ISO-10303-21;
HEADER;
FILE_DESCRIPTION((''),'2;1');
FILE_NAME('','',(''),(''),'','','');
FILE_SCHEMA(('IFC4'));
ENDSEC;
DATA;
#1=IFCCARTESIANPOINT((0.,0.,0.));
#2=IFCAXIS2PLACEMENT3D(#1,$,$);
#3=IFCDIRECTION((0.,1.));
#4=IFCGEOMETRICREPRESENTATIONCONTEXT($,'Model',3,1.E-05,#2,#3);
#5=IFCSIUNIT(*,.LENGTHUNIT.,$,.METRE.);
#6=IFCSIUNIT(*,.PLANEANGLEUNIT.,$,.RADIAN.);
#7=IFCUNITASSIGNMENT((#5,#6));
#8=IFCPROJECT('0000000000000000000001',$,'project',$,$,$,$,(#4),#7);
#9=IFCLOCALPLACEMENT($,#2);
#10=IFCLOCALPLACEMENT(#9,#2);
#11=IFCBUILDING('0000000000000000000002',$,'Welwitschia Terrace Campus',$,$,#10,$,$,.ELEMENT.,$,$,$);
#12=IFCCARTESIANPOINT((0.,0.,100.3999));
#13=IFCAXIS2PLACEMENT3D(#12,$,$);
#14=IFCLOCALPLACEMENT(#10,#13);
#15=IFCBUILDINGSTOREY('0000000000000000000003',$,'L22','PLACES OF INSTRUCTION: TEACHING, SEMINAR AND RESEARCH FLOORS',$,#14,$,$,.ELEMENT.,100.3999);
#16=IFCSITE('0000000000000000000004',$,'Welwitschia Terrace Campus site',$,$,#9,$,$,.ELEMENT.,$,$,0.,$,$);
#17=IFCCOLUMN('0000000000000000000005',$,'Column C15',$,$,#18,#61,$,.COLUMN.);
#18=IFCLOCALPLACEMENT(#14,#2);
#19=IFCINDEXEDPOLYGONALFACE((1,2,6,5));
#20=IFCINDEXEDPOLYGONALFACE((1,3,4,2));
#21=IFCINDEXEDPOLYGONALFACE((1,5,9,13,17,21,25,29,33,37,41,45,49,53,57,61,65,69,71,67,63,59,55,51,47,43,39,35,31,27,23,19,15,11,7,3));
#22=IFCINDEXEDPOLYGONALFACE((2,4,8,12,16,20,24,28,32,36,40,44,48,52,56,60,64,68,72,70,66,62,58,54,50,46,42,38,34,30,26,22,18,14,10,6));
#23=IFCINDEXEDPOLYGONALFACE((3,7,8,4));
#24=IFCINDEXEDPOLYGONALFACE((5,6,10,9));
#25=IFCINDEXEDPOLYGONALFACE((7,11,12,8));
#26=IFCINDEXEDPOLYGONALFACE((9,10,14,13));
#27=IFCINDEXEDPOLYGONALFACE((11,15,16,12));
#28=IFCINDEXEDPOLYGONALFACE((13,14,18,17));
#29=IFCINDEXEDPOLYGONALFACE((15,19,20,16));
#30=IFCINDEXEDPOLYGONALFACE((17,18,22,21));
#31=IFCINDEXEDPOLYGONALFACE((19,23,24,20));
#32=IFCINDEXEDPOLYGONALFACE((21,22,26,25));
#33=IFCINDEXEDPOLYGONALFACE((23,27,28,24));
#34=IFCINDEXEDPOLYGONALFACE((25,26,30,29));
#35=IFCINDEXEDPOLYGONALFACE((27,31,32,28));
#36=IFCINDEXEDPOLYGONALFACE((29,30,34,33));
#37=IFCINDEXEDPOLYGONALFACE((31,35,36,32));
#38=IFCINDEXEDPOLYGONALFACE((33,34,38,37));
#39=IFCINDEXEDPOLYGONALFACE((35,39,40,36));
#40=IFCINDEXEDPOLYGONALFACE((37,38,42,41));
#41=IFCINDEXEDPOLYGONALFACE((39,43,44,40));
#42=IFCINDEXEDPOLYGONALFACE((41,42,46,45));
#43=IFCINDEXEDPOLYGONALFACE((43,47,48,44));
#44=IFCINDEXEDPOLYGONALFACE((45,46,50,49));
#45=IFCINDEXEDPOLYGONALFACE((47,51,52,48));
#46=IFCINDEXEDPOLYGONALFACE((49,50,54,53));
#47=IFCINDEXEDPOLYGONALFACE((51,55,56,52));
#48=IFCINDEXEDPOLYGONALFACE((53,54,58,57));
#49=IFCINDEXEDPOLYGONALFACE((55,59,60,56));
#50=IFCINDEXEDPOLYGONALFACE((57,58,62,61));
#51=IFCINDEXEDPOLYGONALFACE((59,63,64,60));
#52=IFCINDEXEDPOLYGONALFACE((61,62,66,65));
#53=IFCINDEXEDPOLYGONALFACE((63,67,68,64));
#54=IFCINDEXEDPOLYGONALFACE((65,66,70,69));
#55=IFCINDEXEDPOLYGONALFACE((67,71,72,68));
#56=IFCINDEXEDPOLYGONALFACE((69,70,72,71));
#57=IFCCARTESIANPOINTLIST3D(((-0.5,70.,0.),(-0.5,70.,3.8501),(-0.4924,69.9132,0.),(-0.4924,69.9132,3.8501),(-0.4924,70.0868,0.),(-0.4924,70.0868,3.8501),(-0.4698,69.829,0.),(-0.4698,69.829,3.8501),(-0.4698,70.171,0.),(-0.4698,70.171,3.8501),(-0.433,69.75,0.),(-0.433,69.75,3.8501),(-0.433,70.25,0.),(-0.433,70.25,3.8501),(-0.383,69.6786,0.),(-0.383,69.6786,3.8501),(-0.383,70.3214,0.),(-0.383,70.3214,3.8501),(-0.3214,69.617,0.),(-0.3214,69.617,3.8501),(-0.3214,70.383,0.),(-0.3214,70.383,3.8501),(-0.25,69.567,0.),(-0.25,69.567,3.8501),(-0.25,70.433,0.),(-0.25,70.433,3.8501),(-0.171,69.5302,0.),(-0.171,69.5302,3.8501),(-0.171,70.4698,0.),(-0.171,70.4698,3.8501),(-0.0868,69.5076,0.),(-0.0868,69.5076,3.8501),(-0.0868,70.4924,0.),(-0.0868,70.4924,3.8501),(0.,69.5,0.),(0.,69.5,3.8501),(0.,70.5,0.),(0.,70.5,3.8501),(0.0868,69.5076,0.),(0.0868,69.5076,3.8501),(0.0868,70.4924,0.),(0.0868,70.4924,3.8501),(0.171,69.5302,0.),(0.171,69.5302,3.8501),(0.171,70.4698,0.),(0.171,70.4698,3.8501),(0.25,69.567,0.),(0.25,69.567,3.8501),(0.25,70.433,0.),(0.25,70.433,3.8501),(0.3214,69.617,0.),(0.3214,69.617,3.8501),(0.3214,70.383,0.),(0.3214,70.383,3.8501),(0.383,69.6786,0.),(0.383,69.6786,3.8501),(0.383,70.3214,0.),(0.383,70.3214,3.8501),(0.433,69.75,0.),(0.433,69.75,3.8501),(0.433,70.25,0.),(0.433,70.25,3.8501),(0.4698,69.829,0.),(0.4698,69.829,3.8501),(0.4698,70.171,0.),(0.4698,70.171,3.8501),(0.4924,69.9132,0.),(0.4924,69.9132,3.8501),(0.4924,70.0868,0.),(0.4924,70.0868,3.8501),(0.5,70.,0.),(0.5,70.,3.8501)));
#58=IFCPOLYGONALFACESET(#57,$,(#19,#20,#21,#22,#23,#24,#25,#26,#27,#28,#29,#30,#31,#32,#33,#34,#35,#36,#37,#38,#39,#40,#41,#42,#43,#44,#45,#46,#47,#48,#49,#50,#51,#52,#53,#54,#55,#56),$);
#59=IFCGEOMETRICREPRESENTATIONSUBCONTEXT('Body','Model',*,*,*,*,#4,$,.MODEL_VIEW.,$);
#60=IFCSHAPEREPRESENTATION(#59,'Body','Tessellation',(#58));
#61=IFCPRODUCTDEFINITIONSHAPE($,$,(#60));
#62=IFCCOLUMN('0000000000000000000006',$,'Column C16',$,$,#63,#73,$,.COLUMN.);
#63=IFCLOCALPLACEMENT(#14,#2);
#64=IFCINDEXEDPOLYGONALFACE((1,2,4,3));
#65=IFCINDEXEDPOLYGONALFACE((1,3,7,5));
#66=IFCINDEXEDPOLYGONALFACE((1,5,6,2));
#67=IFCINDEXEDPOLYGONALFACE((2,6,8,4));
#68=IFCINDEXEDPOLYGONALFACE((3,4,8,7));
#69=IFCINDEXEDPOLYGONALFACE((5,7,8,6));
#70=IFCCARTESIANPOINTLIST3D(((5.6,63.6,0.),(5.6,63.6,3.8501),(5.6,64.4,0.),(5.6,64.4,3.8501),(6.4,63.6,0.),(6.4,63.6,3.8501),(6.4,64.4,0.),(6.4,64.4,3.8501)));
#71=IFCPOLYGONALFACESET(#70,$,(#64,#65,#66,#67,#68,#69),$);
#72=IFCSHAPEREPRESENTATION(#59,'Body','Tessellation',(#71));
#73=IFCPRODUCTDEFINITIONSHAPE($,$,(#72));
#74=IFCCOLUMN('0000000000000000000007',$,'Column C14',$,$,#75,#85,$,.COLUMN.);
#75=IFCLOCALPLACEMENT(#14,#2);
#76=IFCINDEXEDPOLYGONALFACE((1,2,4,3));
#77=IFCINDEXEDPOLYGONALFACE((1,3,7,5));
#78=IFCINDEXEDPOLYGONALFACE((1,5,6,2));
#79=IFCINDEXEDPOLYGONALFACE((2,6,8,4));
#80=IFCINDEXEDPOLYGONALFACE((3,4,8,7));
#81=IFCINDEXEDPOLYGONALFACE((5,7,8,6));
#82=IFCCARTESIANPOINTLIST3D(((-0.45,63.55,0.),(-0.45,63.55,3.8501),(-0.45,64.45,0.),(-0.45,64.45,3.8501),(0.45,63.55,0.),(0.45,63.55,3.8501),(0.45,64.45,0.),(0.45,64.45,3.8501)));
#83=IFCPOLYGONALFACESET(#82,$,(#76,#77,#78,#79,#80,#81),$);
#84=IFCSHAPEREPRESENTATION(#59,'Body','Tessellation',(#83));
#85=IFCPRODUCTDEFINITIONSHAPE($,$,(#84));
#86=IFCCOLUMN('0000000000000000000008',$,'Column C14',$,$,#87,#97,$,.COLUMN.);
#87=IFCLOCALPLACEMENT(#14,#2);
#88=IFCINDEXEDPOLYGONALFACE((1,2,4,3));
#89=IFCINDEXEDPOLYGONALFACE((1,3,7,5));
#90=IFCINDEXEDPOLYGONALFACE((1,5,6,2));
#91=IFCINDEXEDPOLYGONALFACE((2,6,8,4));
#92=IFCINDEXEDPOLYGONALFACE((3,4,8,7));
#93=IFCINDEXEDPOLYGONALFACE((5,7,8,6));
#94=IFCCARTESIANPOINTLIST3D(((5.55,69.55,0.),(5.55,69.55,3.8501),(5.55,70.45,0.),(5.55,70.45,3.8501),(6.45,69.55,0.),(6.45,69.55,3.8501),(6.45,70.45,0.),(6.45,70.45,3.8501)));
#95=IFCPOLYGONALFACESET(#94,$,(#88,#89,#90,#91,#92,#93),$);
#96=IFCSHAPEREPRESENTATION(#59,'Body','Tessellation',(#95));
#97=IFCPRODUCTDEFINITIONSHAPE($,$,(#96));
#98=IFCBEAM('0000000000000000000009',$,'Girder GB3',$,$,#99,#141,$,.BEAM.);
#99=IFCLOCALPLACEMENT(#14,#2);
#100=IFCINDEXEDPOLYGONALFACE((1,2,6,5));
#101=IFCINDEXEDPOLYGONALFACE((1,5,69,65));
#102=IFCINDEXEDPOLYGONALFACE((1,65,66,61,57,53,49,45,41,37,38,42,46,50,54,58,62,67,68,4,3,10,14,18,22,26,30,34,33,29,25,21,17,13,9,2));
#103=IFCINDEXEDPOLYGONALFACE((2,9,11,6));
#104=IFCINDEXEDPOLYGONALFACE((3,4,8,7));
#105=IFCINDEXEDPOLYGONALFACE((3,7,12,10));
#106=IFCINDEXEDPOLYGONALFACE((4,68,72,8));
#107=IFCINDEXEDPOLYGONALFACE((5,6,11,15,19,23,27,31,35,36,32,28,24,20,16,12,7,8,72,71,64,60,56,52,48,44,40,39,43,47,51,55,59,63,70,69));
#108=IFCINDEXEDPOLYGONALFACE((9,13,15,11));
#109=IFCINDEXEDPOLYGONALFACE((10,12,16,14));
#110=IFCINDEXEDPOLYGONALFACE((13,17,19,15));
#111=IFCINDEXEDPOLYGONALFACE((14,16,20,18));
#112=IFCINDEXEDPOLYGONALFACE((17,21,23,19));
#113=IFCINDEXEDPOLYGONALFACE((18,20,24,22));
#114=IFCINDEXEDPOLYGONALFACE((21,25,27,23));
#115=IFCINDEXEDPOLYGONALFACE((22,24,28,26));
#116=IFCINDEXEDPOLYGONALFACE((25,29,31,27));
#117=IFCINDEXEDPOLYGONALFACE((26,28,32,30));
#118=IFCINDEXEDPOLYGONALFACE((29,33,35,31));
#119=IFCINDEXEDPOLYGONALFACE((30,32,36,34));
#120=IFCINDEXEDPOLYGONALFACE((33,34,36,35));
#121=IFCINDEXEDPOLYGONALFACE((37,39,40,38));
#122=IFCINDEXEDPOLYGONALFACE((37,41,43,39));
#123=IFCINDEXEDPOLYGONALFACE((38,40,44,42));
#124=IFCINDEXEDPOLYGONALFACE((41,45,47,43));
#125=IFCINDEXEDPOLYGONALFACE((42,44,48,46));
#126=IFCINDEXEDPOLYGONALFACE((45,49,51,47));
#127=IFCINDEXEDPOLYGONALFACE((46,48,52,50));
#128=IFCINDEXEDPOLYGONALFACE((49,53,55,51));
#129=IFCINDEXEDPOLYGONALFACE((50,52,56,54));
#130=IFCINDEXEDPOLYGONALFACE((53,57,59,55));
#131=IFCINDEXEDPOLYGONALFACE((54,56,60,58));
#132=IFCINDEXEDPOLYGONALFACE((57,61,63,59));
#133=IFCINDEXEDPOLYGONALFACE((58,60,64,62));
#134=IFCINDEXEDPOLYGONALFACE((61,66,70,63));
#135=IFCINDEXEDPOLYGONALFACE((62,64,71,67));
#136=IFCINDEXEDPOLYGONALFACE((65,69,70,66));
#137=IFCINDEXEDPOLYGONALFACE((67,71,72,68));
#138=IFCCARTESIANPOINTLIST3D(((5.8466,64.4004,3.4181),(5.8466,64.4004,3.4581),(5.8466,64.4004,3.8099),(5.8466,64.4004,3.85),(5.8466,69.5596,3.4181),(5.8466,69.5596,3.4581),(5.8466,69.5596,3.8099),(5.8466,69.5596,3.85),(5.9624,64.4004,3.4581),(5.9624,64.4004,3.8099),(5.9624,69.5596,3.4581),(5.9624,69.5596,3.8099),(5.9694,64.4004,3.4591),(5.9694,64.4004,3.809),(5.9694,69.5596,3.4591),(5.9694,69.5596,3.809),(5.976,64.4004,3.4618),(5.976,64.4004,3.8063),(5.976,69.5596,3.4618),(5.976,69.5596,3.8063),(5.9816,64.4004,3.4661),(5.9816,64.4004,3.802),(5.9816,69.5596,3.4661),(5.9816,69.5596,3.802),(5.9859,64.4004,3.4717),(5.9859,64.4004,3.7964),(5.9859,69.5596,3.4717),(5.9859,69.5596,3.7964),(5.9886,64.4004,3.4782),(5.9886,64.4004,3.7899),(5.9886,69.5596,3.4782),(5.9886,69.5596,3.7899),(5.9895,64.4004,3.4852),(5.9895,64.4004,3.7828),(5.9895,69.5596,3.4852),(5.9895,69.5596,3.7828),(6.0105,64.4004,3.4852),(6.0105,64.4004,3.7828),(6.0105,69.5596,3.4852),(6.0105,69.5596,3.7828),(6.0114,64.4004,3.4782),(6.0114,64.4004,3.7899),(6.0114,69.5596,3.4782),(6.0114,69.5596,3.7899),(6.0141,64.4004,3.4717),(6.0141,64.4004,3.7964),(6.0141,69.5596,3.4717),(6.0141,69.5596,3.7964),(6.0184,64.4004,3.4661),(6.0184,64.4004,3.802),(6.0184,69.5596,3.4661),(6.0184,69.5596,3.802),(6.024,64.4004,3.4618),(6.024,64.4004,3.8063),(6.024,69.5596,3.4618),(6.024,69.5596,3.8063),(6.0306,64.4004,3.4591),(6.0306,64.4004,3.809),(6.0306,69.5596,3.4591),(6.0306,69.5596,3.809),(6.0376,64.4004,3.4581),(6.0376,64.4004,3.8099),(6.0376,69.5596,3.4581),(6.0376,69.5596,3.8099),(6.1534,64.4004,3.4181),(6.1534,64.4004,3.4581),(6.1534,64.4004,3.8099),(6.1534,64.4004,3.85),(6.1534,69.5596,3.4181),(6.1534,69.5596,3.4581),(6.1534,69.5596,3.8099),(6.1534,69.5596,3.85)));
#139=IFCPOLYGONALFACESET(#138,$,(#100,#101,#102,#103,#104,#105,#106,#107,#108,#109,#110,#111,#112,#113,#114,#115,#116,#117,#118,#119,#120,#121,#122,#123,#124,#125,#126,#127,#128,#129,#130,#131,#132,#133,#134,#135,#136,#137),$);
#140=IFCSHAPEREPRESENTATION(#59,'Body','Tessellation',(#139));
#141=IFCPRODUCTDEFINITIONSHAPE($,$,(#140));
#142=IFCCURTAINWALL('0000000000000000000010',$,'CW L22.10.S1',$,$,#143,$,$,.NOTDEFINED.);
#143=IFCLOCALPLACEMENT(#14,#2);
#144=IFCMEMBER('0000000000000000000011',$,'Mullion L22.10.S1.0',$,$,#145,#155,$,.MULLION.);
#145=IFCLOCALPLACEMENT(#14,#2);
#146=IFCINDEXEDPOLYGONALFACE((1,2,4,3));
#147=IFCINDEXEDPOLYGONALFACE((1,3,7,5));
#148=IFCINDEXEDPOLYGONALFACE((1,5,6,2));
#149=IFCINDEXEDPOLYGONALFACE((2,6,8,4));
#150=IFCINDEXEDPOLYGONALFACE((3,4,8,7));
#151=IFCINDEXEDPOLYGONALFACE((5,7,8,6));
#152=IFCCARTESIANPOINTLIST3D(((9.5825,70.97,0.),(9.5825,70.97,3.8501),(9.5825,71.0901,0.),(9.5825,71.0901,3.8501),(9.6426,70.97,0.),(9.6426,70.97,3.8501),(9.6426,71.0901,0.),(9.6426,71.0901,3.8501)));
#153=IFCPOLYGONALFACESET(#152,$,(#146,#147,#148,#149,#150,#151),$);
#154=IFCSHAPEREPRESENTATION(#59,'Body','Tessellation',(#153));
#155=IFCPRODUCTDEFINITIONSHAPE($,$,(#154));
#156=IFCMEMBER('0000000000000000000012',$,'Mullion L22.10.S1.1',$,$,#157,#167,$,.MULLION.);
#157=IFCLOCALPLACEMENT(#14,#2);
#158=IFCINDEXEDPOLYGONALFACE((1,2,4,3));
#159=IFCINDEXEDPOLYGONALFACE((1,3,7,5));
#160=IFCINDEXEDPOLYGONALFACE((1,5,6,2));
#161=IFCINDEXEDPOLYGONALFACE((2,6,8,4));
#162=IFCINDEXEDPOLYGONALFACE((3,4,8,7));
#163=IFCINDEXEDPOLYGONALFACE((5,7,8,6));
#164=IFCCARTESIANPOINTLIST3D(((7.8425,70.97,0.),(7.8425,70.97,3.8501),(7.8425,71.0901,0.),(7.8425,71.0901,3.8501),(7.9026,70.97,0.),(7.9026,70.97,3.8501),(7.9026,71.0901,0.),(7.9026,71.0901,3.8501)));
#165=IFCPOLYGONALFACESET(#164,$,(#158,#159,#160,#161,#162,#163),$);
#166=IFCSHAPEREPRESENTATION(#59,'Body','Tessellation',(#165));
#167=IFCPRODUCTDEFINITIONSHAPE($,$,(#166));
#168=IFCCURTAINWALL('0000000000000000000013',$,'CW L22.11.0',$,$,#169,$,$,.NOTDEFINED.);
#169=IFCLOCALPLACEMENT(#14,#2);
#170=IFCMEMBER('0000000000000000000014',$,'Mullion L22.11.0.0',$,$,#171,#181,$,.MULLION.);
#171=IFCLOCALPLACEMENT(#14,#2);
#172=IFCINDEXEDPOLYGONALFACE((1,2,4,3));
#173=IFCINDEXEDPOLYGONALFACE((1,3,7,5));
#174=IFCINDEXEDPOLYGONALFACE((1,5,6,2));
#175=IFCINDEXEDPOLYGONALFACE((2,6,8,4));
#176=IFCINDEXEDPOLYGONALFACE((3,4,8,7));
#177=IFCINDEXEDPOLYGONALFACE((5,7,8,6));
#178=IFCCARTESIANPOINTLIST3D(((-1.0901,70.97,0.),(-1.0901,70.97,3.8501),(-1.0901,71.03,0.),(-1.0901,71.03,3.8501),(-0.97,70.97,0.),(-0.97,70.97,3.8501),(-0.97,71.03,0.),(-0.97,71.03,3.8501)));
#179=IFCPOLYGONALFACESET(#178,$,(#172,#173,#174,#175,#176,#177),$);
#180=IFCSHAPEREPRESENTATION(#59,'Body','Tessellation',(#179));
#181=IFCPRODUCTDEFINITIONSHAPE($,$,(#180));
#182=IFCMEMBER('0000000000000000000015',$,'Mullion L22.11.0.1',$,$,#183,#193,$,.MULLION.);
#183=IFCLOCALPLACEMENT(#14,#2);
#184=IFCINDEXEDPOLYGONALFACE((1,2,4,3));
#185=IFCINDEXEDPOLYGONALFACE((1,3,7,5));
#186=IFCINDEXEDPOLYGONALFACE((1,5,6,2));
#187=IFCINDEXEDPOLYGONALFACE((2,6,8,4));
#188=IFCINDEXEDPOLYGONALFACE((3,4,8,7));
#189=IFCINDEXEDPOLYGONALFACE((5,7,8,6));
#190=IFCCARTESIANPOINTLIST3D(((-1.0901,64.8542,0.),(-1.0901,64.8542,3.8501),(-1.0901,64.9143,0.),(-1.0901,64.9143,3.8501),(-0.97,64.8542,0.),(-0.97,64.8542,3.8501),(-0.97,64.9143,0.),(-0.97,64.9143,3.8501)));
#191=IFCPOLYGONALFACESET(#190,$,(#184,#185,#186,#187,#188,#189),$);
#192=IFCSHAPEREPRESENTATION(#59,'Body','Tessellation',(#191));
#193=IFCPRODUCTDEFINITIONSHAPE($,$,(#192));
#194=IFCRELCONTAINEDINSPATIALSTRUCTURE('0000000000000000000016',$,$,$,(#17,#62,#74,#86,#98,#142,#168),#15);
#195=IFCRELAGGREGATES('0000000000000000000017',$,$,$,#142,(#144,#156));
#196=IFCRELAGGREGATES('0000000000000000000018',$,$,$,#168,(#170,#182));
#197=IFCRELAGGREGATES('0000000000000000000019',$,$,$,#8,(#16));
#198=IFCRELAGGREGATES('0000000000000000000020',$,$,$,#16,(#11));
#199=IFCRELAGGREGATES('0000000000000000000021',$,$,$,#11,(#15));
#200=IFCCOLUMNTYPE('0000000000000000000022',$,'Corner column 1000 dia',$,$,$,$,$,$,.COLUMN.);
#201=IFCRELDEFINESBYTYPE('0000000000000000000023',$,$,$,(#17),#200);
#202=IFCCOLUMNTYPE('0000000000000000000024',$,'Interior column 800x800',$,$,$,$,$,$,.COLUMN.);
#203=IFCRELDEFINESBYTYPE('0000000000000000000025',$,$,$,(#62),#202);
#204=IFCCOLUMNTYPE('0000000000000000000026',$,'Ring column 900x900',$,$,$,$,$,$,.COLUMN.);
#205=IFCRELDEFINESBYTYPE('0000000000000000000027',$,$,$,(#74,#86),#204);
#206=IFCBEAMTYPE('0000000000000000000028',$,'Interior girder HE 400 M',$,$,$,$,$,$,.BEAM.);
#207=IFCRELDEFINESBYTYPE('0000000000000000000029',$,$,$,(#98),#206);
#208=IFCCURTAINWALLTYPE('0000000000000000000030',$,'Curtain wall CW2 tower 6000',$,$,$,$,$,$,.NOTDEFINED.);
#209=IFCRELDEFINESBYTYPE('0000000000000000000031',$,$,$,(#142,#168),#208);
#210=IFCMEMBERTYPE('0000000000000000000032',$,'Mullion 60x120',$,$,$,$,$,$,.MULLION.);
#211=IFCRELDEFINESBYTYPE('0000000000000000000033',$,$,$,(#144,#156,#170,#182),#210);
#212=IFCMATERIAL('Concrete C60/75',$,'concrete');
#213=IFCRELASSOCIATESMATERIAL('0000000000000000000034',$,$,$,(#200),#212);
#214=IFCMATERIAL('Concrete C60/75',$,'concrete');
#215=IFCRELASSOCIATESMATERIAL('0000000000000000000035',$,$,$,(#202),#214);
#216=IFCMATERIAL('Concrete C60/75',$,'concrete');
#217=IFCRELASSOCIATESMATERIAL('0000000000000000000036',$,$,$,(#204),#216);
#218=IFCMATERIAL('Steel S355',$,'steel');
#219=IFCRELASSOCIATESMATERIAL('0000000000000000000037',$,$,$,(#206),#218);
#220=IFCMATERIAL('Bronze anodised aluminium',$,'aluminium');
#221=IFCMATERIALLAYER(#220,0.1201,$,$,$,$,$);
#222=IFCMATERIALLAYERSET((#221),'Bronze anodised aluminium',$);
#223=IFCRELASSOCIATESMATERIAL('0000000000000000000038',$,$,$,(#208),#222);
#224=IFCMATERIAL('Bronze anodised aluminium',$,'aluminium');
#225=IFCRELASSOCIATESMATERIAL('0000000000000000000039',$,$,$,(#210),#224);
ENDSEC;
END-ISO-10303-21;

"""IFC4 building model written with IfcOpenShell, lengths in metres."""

from ifc_helpers import new_model, si_unit, direction, frame, origin, origin_2d, place, context, subcontext, project, spatial, rectangle, circle, i_section, extrude, material, layer, layer_set, material_profile, profile_set, type_object, element, aggregate, save


model = new_model("IFC4")

# Units and contexts
model_context = context("Model", 3, precision=1e-05, world=origin(), true_north=direction((0.0, 1.0)))
body_context = subcontext(model_context, "Body", "Model", "MODEL_VIEW")
ifc_project = project(units=[si_unit("LENGTHUNIT", "METRE"), si_unit("PLANEANGLEUNIT", "RADIAN")], contexts=[model_context])

# Site, building, storey
site_placement = place(None, origin())
site = spatial("IfcSite", under=ifc_project, at=site_placement, Name="Welwitschia Terrace Campus site", CompositionType="ELEMENT", RefElevation=0.0)
building_placement = place(site_placement, origin())
building = spatial("IfcBuilding", under=site, at=building_placement, Name="Welwitschia Terrace Campus", CompositionType="ELEMENT")
storey_placement = place(building_placement, frame((0.0, 0.0, 100.3999)))
storey = spatial("IfcBuildingStorey", under=building, at=storey_placement, Name="L22", Description="PLACES OF INSTRUCTION: TEACHING, SEMINAR AND RESEARCH FLOORS", CompositionType="ELEMENT", Elevation=100.3999)

# Columns
ifc_material_1 = material(Name="Concrete C60/75", Category="concrete")
ifc_material_profile_1 = material_profile(ifc_material_1, circle(Radius=0.5, at=origin_2d()))
ifc_profile_set_1 = profile_set([ifc_material_profile_1], Name="Concrete C60/75")
column_type_1 = type_object("IfcColumnType", Name="Corner column 1000 dia", PredefinedType="COLUMN", material=ifc_profile_set_1)
column_1_placement = place(storey_placement, frame((0.0, 70.0, 0.0), z_axis=(0.0, 0.0, 1.0), x_axis=(1.0, 0.0, 0.0)))
element("IfcColumn", 1, at=column_1_placement, inside=storey, type_object=column_type_1, Name="Column C15", PredefinedType="COLUMN", context=body_context, shape_type="SweptSolid", body=[
    extrude(circle(Radius=0.5, at=origin_2d()), origin(), (0.0, 0.0, 1.0), 3.8501),
])
ifc_material_2 = material(Name="Concrete C60/75", Category="concrete")
ifc_material_profile_2 = material_profile(ifc_material_2, rectangle(XDim=0.8, YDim=0.8, at=origin_2d()))
ifc_profile_set_2 = profile_set([ifc_material_profile_2], Name="Concrete C60/75")
column_type_2 = type_object("IfcColumnType", Name="Interior column 800x800", PredefinedType="COLUMN", material=ifc_profile_set_2)
column_2_placement = place(storey_placement, frame((6.0, 64.0, 0.0), z_axis=(0.0, 0.0, 1.0), x_axis=(1.0, 0.0, 0.0)))
element("IfcColumn", 2, at=column_2_placement, inside=storey, type_object=column_type_2, Name="Column C16", PredefinedType="COLUMN", context=body_context, shape_type="SweptSolid", body=[
    extrude(rectangle(XDim=0.8, YDim=0.8, at=origin_2d()), origin(), (0.0, 0.0, 1.0), 3.8501),
])
ifc_material_3 = material(Name="Concrete C60/75", Category="concrete")
ifc_material_profile_3 = material_profile(ifc_material_3, rectangle(XDim=0.8999, YDim=0.8999, at=origin_2d()))
ifc_profile_set_3 = profile_set([ifc_material_profile_3], Name="Concrete C60/75")
column_type_3 = type_object("IfcColumnType", Name="Ring column 900x900", PredefinedType="COLUMN", material=ifc_profile_set_3)
for number, where, z_axis, x_axis, name in (
    (3, (0.0, 64.0, 0.0), (0.0, 0.0, 1.0), (1.0, 0.0, 0.0), "Column C14"),
    (4, (6.0, 70.0, 0.0), (0.0, 0.0, 1.0), (1.0, 0.0, 0.0), "Column C14"),
):
    element("IfcColumn", number, at=place(storey_placement, frame(where, z_axis=z_axis, x_axis=x_axis)), inside=storey, type_object=column_type_3, Name=name, PredefinedType="COLUMN", context=body_context, shape_type="SweptSolid", body=[
        extrude(rectangle(XDim=0.8999, YDim=0.8999, at=origin_2d()), origin(), (0.0, 0.0, 1.0), 3.8501),
    ])

# Beam
ifc_material_4 = material(Name="Steel S355", Category="steel")
ifc_material_profile_4 = material_profile(ifc_material_4, i_section(OverallWidth=0.3069, OverallDepth=0.4319, WebThickness=0.021, FlangeThickness=0.04, FilletRadius=0.0271, at=origin_2d()))
ifc_profile_set_4 = profile_set([ifc_material_profile_4], Name="Steel S355")
beam_type_1 = type_object("IfcBeamType", Name="Interior girder HE 400 M", PredefinedType="BEAM", material=ifc_profile_set_4)
beam_1_placement = place(storey_placement, frame((6.0, 64.4004, 3.634), z_axis=(0.0, 1.0, 0.0), x_axis=(-1.0, 0.0, 0.0)))
element("IfcBeam", 5, at=beam_1_placement, inside=storey, type_object=beam_type_1, Name="Girder GB3", PredefinedType="BEAM", context=body_context, shape_type="SweptSolid", body=[
    extrude(i_section(OverallWidth=0.3069, OverallDepth=0.4319, WebThickness=0.021, FlangeThickness=0.04, FilletRadius=0.0271, at=origin_2d()), origin(), (0.0, 0.0, 1.0), 5.1592),
])

# Curtain walls, members
ifc_material_5 = material(Name="Bronze anodised aluminium", Category="aluminium")
ifc_layer_1 = layer(ifc_material_5, 0.1201)
ifc_layer_set_1 = layer_set([ifc_layer_1], Name="Bronze anodised aluminium")
curtain_wall_type = type_object("IfcCurtainWallType", Name="Curtain wall CW2 tower 6000", PredefinedType="NOTDEFINED", material=ifc_layer_set_1)
curtain_wall_1_placement = place(storey_placement, origin())
curtain_wall_1 = element("IfcCurtainWall", 6, at=curtain_wall_1_placement, inside=storey, type_object=curtain_wall_type, Name="CW L22.10.S1", PredefinedType="NOTDEFINED")
ifc_material_6 = material(Name="Bronze anodised aluminium", Category="aluminium")
ifc_material_profile_5 = material_profile(ifc_material_6, rectangle(XDim=0.1201, YDim=0.0601, at=origin_2d()))
ifc_profile_set_5 = profile_set([ifc_material_profile_5], Name="Bronze anodised aluminium")
member_type_1 = type_object("IfcMemberType", Name="Mullion 60x120", PredefinedType="MULLION", material=ifc_profile_set_5)
member_1_placement = place(storey_placement, frame((9.6125, 71.03, 0.0), z_axis=(0.0, 0.0, 1.0), x_axis=(0.0, -1.0, 0.0)))
member_1 = element("IfcMember", 7, at=member_1_placement, type_object=member_type_1, Name="Mullion L22.10.S1.0", PredefinedType="MULLION", context=body_context, shape_type="SweptSolid", body=[
    extrude(rectangle(XDim=0.1201, YDim=0.0601, at=origin_2d()), origin(), (0.0, 0.0, 1.0), 3.8501),
])
member_2_placement = place(storey_placement, frame((7.8726, 71.03, 0.0), z_axis=(0.0, 0.0, 1.0), x_axis=(0.0, -1.0, 0.0)))
member_2 = element("IfcMember", 8, at=member_2_placement, type_object=member_type_1, Name="Mullion L22.10.S1.1", PredefinedType="MULLION", context=body_context, shape_type="SweptSolid", body=[
    extrude(rectangle(XDim=0.1201, YDim=0.0601, at=origin_2d()), origin(), (0.0, 0.0, 1.0), 3.8501),
])
curtain_wall_2_placement = place(storey_placement, origin())
curtain_wall_2 = element("IfcCurtainWall", 9, at=curtain_wall_2_placement, inside=storey, type_object=curtain_wall_type, Name="CW L22.11.0", PredefinedType="NOTDEFINED")
member_3_placement = place(storey_placement, frame((-1.03, 71.0, 0.0), z_axis=(0.0, 0.0, 1.0), x_axis=(1.0, 0.0, 0.0)))
member_3 = element("IfcMember", 10, at=member_3_placement, type_object=member_type_1, Name="Mullion L22.11.0.0", PredefinedType="MULLION", context=body_context, shape_type="SweptSolid", body=[
    extrude(rectangle(XDim=0.1201, YDim=0.0601, at=origin_2d()), origin(), (0.0, 0.0, 1.0), 3.8501),
])
member_4_placement = place(storey_placement, frame((-1.03, 64.8843, 0.0), z_axis=(0.0, 0.0, 1.0), x_axis=(1.0, 0.0, 0.0)))
member_4 = element("IfcMember", 11, at=member_4_placement, type_object=member_type_1, Name="Mullion L22.11.0.1", PredefinedType="MULLION", context=body_context, shape_type="SweptSolid", body=[
    extrude(rectangle(XDim=0.1201, YDim=0.0601, at=origin_2d()), origin(), (0.0, 0.0, 1.0), 3.8501),
])

aggregate(curtain_wall_1, [member_1, member_2])
aggregate(curtain_wall_2, [member_3, member_4])

save(model, "model.ifc")
